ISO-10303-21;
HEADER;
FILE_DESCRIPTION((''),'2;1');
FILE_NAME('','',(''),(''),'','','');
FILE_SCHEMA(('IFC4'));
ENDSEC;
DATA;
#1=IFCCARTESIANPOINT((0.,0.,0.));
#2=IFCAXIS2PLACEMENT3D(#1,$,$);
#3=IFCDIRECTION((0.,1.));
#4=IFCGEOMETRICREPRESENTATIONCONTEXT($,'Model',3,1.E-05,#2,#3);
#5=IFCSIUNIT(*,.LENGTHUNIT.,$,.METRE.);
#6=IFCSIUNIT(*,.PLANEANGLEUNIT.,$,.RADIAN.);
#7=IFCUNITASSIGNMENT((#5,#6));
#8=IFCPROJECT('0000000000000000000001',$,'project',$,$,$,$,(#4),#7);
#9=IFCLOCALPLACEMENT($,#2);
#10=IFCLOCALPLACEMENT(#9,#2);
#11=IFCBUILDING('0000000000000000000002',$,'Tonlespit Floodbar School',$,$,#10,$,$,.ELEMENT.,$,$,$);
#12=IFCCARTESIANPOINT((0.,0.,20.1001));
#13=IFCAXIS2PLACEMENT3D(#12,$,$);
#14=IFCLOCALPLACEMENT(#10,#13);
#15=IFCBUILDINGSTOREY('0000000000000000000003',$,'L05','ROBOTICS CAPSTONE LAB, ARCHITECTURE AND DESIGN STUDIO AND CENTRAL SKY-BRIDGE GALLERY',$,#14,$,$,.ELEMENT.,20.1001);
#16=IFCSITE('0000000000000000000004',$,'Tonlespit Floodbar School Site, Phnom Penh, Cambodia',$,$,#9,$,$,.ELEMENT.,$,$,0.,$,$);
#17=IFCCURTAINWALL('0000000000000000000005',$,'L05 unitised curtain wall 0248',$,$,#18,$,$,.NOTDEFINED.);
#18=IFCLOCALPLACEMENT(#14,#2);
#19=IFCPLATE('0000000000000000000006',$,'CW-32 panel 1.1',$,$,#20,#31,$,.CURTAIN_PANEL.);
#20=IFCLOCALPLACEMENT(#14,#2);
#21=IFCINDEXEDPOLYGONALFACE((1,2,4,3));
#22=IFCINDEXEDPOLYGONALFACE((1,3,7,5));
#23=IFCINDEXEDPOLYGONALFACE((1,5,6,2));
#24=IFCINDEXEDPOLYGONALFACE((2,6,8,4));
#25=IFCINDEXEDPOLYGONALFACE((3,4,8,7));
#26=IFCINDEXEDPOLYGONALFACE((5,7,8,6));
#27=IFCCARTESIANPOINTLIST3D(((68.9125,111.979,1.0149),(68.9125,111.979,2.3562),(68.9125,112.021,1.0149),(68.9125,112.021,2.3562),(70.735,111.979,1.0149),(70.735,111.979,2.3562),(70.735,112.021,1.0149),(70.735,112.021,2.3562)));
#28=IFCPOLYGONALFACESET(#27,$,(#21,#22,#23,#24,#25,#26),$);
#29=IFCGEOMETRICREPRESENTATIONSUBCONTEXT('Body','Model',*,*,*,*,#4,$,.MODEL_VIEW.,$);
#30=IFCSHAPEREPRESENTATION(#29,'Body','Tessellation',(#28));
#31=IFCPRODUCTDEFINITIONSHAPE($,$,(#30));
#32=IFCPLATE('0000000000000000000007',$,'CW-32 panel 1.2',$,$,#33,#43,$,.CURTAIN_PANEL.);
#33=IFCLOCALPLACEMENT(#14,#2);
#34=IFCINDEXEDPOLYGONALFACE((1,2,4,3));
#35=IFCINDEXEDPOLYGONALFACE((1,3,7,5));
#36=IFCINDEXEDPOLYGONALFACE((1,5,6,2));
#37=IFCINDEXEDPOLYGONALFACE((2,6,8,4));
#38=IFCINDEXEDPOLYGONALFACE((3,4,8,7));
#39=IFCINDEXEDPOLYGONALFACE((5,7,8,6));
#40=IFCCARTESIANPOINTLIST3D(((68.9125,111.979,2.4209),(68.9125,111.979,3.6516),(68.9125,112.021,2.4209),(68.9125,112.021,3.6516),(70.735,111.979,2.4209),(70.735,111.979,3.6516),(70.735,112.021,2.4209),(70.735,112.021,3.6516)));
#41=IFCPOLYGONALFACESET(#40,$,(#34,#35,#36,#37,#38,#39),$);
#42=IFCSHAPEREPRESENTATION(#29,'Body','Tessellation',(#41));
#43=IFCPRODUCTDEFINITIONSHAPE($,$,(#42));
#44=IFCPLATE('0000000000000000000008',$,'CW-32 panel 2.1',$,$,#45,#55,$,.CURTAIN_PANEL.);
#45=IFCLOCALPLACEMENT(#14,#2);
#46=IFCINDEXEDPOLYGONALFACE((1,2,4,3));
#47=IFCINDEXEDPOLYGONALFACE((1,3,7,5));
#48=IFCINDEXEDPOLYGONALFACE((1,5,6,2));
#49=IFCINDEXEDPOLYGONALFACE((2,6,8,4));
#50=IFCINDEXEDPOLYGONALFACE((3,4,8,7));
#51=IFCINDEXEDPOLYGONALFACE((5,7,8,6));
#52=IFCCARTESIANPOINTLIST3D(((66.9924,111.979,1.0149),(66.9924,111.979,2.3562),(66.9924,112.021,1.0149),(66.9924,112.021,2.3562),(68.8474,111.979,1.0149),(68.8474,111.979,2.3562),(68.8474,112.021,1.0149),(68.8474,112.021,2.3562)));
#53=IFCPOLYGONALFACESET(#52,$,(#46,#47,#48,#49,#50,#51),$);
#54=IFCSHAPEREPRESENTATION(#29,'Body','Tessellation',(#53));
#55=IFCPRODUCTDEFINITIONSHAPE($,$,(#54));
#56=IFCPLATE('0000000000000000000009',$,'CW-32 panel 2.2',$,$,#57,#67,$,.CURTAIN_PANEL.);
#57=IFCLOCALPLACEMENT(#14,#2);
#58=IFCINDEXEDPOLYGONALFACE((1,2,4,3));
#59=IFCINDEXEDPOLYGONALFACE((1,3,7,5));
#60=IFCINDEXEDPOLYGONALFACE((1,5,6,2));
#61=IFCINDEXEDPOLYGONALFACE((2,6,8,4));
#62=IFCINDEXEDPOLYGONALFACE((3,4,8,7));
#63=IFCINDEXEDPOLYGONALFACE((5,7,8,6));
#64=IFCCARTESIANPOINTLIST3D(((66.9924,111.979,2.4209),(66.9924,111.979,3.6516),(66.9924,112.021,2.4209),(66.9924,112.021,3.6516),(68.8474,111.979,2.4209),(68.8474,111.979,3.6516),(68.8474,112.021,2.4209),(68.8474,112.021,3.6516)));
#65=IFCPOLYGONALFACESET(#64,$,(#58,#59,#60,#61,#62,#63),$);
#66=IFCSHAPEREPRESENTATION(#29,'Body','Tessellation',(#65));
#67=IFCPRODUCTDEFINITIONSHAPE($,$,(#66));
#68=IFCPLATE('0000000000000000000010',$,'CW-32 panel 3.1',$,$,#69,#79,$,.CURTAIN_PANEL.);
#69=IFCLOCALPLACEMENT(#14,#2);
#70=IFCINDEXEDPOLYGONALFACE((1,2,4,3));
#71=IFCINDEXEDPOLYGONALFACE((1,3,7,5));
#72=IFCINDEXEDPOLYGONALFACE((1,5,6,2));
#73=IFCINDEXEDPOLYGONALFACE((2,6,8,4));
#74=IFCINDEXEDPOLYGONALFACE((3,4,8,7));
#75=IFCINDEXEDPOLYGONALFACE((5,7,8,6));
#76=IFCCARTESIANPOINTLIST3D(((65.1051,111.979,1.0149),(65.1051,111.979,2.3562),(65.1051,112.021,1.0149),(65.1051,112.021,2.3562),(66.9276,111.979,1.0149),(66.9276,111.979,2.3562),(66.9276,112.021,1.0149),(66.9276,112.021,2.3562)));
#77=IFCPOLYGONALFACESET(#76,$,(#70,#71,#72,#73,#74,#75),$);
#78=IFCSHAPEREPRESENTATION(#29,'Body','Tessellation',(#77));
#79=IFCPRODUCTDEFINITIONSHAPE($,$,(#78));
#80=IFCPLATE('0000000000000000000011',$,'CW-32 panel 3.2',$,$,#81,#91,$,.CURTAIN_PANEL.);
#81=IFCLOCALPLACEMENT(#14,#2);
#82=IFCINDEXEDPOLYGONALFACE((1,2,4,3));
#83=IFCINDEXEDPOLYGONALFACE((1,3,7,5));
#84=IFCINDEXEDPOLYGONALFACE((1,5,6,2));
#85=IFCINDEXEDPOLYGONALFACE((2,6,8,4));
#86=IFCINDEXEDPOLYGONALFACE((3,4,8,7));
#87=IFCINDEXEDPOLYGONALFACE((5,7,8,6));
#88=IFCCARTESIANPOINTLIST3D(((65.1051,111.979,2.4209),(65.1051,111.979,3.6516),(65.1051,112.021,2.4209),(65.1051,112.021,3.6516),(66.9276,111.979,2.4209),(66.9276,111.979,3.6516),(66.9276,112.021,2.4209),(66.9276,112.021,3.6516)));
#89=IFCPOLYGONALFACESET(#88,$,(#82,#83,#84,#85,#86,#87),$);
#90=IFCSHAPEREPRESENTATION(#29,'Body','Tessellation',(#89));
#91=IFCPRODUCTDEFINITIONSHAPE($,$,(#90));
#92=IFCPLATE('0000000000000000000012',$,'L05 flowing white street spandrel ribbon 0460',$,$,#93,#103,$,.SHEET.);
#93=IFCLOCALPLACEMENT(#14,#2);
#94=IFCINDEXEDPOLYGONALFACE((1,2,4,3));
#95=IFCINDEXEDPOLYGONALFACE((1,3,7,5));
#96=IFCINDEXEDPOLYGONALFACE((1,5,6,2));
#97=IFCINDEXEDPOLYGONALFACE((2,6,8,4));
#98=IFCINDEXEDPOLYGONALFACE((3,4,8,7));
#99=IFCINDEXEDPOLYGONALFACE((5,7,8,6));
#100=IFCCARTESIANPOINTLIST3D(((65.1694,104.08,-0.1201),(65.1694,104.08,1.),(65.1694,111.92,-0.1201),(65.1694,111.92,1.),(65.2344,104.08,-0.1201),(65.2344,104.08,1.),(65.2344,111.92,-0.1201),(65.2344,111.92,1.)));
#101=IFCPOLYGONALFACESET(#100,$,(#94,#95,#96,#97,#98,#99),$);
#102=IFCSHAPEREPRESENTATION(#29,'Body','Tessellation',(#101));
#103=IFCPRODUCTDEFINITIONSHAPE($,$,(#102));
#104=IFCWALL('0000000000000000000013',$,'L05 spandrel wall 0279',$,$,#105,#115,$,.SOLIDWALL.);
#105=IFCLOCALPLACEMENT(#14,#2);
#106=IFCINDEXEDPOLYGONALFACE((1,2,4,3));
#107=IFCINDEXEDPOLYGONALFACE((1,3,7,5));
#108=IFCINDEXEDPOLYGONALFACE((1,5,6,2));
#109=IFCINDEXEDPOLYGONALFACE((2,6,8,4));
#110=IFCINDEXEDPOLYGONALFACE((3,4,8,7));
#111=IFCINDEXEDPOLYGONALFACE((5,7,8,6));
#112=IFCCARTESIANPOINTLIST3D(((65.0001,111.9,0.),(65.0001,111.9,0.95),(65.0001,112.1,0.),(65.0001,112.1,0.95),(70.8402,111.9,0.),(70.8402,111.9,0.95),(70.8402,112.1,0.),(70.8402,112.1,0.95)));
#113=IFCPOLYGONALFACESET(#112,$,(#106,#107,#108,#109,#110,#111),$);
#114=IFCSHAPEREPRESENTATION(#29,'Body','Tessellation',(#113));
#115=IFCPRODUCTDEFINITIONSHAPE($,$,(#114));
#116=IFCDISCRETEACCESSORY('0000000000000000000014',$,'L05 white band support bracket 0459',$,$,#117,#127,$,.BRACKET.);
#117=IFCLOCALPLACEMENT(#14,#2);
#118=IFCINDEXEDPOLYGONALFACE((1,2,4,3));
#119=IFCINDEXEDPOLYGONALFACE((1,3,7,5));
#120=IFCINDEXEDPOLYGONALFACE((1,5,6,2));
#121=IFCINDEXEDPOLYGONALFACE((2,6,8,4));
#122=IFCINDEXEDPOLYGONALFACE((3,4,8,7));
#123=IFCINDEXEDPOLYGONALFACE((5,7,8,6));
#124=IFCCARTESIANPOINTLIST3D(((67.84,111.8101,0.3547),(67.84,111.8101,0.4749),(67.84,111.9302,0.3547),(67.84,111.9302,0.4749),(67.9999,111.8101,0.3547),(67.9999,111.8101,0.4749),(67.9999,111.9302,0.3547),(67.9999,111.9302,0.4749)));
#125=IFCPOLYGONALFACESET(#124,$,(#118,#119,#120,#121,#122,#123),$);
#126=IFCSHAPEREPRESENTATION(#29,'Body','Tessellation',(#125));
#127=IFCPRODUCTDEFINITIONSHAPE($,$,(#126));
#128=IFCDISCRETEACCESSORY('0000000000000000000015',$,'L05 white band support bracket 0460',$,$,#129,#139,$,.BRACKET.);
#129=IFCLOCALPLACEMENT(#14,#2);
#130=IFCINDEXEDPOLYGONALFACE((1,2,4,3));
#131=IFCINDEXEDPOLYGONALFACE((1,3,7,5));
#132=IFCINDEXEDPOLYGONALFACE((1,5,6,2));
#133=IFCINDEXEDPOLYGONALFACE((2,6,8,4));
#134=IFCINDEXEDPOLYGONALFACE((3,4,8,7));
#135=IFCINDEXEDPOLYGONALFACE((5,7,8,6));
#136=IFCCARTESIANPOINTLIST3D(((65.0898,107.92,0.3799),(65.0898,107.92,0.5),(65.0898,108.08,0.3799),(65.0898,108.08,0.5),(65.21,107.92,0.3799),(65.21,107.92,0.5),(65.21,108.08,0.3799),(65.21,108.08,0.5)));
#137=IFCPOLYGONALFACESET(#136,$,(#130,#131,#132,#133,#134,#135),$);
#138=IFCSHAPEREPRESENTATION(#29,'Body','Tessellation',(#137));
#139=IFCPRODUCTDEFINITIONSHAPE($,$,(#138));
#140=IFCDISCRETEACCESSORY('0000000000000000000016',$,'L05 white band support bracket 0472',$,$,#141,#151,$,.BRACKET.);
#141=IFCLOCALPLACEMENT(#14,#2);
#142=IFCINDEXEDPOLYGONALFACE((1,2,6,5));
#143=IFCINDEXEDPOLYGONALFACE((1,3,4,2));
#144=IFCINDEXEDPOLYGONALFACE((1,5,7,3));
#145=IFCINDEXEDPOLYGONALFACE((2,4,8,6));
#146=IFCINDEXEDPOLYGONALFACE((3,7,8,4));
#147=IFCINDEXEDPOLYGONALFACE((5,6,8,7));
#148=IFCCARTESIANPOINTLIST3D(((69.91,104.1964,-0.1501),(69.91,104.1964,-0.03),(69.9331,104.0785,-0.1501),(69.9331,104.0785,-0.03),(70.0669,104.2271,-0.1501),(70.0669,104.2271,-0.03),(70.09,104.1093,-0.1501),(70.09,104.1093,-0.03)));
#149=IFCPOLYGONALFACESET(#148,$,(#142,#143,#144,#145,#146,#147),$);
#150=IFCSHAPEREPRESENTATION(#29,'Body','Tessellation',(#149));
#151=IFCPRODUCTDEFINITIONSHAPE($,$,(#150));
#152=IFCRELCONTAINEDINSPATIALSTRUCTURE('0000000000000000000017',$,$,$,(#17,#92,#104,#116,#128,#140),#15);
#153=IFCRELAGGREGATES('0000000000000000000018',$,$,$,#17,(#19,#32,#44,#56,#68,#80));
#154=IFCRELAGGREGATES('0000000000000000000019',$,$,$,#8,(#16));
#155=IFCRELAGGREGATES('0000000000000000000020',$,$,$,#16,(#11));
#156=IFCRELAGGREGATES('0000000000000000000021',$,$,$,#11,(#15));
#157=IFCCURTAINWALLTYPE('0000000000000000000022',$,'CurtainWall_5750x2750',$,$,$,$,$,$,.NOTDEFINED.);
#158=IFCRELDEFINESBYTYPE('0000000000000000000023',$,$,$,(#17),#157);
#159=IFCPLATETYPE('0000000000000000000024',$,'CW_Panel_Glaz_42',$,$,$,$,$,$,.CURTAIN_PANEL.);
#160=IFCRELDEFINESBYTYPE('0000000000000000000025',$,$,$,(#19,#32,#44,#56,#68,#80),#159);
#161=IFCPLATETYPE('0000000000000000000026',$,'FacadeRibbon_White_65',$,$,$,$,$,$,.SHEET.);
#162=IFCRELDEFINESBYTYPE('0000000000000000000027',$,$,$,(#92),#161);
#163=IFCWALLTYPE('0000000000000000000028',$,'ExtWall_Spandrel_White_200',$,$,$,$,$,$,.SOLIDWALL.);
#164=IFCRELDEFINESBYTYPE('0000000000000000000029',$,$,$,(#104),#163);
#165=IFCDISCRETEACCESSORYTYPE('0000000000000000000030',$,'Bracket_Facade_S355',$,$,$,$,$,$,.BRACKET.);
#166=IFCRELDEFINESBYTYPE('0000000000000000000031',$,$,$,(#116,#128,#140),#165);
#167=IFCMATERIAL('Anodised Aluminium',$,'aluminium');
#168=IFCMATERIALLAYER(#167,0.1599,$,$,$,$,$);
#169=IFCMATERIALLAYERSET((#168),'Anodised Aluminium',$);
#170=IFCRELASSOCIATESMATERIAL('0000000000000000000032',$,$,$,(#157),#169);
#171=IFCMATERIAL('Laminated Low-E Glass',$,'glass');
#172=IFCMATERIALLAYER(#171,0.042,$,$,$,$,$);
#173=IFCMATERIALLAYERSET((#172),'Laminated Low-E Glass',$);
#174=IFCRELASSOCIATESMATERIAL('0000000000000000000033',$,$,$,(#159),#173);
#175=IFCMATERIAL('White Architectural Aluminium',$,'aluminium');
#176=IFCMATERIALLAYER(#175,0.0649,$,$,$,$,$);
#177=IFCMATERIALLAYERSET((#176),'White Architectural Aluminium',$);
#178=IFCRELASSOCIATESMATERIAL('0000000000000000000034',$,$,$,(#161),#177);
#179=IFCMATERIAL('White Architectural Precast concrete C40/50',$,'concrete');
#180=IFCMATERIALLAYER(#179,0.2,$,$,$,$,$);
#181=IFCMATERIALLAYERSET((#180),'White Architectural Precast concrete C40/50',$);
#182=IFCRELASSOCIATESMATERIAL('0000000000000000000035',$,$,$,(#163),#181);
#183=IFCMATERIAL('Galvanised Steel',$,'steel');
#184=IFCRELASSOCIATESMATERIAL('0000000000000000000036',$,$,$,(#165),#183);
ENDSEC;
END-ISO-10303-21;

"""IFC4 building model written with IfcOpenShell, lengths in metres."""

from ifc_helpers import new_model, si_unit, direction, frame, frame_2d, origin, origin_2d, place, context, subcontext, project, spatial, rectangle, extrude, material, layer, layer_set, type_object, element, aggregate, save


model = new_model("IFC4")

# Units and contexts
model_context = context("Model", 3, precision=1e-05, world=origin(), true_north=direction((0.0, 1.0)))
body_context = subcontext(model_context, "Body", "Model", "MODEL_VIEW")
ifc_project = project(units=[si_unit("LENGTHUNIT", "METRE"), si_unit("PLANEANGLEUNIT", "RADIAN")], contexts=[model_context])

# Site, building, storey
site_placement = place(None, origin())
site = spatial("IfcSite", under=ifc_project, at=site_placement, Name="Tonlespit Floodbar School Site, Phnom Penh, Cambodia", CompositionType="ELEMENT", RefElevation=0.0)
building_placement = place(site_placement, origin())
building = spatial("IfcBuilding", under=site, at=building_placement, Name="Tonlespit Floodbar School", CompositionType="ELEMENT")
storey_placement = place(building_placement, frame((0.0, 0.0, 20.1001)))
storey = spatial("IfcBuildingStorey", under=building, at=storey_placement, Name="L05", Description="ROBOTICS CAPSTONE LAB, ARCHITECTURE AND DESIGN STUDIO AND CENTRAL SKY-BRIDGE GALLERY", CompositionType="ELEMENT", Elevation=20.1001)

# Curtain wall, plates
ifc_material_1 = material(Name="Anodised Aluminium", Category="aluminium")
ifc_layer_1 = layer(ifc_material_1, 0.1599)
ifc_layer_set_1 = layer_set([ifc_layer_1], Name="Anodised Aluminium")
curtain_wall_type = type_object("IfcCurtainWallType", Name="CurtainWall_5750x2750", PredefinedType="NOTDEFINED", material=ifc_layer_set_1)
curtain_wall_placement = place(storey_placement, origin())
curtain_wall = element("IfcCurtainWall", 1, at=curtain_wall_placement, inside=storey, type_object=curtain_wall_type, Name="L05 unitised curtain wall 0248", PredefinedType="NOTDEFINED")
ifc_material_2 = material(Name="Laminated Low-E Glass", Category="glass")
ifc_layer_2 = layer(ifc_material_2, 0.042)
ifc_layer_set_2 = layer_set([ifc_layer_2], Name="Laminated Low-E Glass")
plate_type_1 = type_object("IfcPlateType", Name="CW_Panel_Glaz_42", PredefinedType="CURTAIN_PANEL", material=ifc_layer_set_2)
plate_1_placement = place(storey_placement, frame((69.8237, 112.0, 1.0149), z_axis=(0.0, 0.0, 1.0), x_axis=(-1.0, 0.0, 0.0)))
plate_1 = element("IfcPlate", 2, at=plate_1_placement, type_object=plate_type_1, Name="CW-32 panel 1.1", PredefinedType="CURTAIN_PANEL", context=body_context, shape_type="SweptSolid", body=[
    extrude(rectangle(XDim=1.8225, YDim=0.042, at=origin_2d()), origin(), (0.0, 0.0, 1.0), 1.3413),
])
plate_2_placement = place(storey_placement, frame((69.8237, 112.0, 2.4209), z_axis=(0.0, 0.0, 1.0), x_axis=(-1.0, 0.0, 0.0)))
plate_2 = element("IfcPlate", 3, at=plate_2_placement, type_object=plate_type_1, Name="CW-32 panel 1.2", PredefinedType="CURTAIN_PANEL", context=body_context, shape_type="SweptSolid", body=[
    extrude(rectangle(XDim=1.8225, YDim=0.042, at=origin_2d()), origin(), (0.0, 0.0, 1.0), 1.2307),
])
plate_3_placement = place(storey_placement, frame((67.9199, 112.0, 1.0149), z_axis=(0.0, 0.0, 1.0), x_axis=(-1.0, 0.0, 0.0)))
plate_3 = element("IfcPlate", 4, at=plate_3_placement, type_object=plate_type_1, Name="CW-32 panel 2.1", PredefinedType="CURTAIN_PANEL", context=body_context, shape_type="SweptSolid", body=[
    extrude(rectangle(XDim=1.855, YDim=0.042, at=origin_2d()), origin(), (0.0, 0.0, 1.0), 1.3413),
])
plate_4_placement = place(storey_placement, frame((67.9199, 112.0, 2.4209), z_axis=(0.0, 0.0, 1.0), x_axis=(-1.0, 0.0, 0.0)))
plate_4 = element("IfcPlate", 5, at=plate_4_placement, type_object=plate_type_1, Name="CW-32 panel 2.2", PredefinedType="CURTAIN_PANEL", context=body_context, shape_type="SweptSolid", body=[
    extrude(rectangle(XDim=1.855, YDim=0.042, at=origin_2d()), origin(), (0.0, 0.0, 1.0), 1.2307),
])
plate_5_placement = place(storey_placement, frame((66.0164, 112.0, 1.0149), z_axis=(0.0, 0.0, 1.0), x_axis=(-1.0, 0.0, 0.0)))
plate_5 = element("IfcPlate", 6, at=plate_5_placement, type_object=plate_type_1, Name="CW-32 panel 3.1", PredefinedType="CURTAIN_PANEL", context=body_context, shape_type="SweptSolid", body=[
    extrude(rectangle(XDim=1.8225, YDim=0.042, at=origin_2d()), origin(), (0.0, 0.0, 1.0), 1.3413),
])
plate_6_placement = place(storey_placement, frame((66.0164, 112.0, 2.4209), z_axis=(0.0, 0.0, 1.0), x_axis=(-1.0, 0.0, 0.0)))
plate_6 = element("IfcPlate", 7, at=plate_6_placement, type_object=plate_type_1, Name="CW-32 panel 3.2", PredefinedType="CURTAIN_PANEL", context=body_context, shape_type="SweptSolid", body=[
    extrude(rectangle(XDim=1.8225, YDim=0.042, at=origin_2d()), origin(), (0.0, 0.0, 1.0), 1.2307),
])
aggregate(curtain_wall, [plate_1, plate_2, plate_3, plate_4, plate_5, plate_6])

# Plate
ifc_material_3 = material(Name="White Architectural Aluminium", Category="aluminium")
ifc_layer_3 = layer(ifc_material_3, 0.0649)
ifc_layer_set_3 = layer_set([ifc_layer_3], Name="White Architectural Aluminium")
plate_type_2 = type_object("IfcPlateType", Name="FacadeRibbon_White_65", PredefinedType="SHEET", material=ifc_layer_set_3)
plate_7_placement = place(storey_placement, frame((65.2019, 108.0, -0.1201), z_axis=(0.0, 0.0, 1.0), x_axis=(0.0, -1.0, 0.0)))
element("IfcPlate", 8, at=plate_7_placement, inside=storey, type_object=plate_type_2, Name="L05 flowing white street spandrel ribbon 0460", PredefinedType="SHEET", context=body_context, shape_type="SweptSolid", body=[
    extrude(rectangle(XDim=7.8401, YDim=0.0649, at=origin_2d()), origin(), (0.0, 0.0, 1.0), 1.1201),
])

# Wall
ifc_material_4 = material(Name="White Architectural Precast concrete C40/50", Category="concrete")
ifc_layer_4 = layer(ifc_material_4, 0.2)
ifc_layer_set_4 = layer_set([ifc_layer_4], Name="White Architectural Precast concrete C40/50")
wall_type = type_object("IfcWallType", Name="ExtWall_Spandrel_White_200", PredefinedType="SOLIDWALL", material=ifc_layer_set_4)
wall_placement = place(storey_placement, frame((70.8401, 112.0, 0.0), z_axis=(0.0, 0.0, 1.0), x_axis=(-1.0, 0.0, 0.0)))
element("IfcWall", 9, at=wall_placement, inside=storey, type_object=wall_type, Name="L05 spandrel wall 0279", PredefinedType="SOLIDWALL", context=body_context, shape_type="SweptSolid", body=[
    extrude(rectangle(XDim=5.8401, YDim=0.2, at=frame_2d((2.9199, 0.0))), origin(), (0.0, 0.0, 1.0), 0.95),
])

# Discrete accessories
ifc_material_5 = material(Name="Galvanised Steel", Category="steel")
discrete_accessory_type = type_object("IfcDiscreteAccessoryType", Name="Bracket_Facade_S355", PredefinedType="BRACKET", material=ifc_material_5)
for number, where, z_axis, x_axis, name in (
    (10, (67.9199, 111.8701, 0.3547), (0.0, 0.0, 1.0), (-1.0, 0.0, 0.0), "L05 white band support bracket 0459"),
    (11, (65.1499, 108.0, 0.3799), (0.0, 0.0, 1.0), (0.0, -1.0, 0.0), "L05 white band support bracket 0460"),
    (12, (70.0, 104.1528, -0.1501), (0.0, 0.0, 1.0), (0.981328, 0.19234, 0.0), "L05 white band support bracket 0472"),
):
    element("IfcDiscreteAccessory", number, at=place(storey_placement, frame(where, z_axis=z_axis, x_axis=x_axis)), inside=storey, type_object=discrete_accessory_type, Name=name, PredefinedType="BRACKET", context=body_context, shape_type="SweptSolid", body=[
        extrude(rectangle(XDim=0.1599, YDim=0.1201, at=origin_2d()), origin(), (0.0, 0.0, 1.0), 0.1201),
    ])

save(model, "model.ifc")
